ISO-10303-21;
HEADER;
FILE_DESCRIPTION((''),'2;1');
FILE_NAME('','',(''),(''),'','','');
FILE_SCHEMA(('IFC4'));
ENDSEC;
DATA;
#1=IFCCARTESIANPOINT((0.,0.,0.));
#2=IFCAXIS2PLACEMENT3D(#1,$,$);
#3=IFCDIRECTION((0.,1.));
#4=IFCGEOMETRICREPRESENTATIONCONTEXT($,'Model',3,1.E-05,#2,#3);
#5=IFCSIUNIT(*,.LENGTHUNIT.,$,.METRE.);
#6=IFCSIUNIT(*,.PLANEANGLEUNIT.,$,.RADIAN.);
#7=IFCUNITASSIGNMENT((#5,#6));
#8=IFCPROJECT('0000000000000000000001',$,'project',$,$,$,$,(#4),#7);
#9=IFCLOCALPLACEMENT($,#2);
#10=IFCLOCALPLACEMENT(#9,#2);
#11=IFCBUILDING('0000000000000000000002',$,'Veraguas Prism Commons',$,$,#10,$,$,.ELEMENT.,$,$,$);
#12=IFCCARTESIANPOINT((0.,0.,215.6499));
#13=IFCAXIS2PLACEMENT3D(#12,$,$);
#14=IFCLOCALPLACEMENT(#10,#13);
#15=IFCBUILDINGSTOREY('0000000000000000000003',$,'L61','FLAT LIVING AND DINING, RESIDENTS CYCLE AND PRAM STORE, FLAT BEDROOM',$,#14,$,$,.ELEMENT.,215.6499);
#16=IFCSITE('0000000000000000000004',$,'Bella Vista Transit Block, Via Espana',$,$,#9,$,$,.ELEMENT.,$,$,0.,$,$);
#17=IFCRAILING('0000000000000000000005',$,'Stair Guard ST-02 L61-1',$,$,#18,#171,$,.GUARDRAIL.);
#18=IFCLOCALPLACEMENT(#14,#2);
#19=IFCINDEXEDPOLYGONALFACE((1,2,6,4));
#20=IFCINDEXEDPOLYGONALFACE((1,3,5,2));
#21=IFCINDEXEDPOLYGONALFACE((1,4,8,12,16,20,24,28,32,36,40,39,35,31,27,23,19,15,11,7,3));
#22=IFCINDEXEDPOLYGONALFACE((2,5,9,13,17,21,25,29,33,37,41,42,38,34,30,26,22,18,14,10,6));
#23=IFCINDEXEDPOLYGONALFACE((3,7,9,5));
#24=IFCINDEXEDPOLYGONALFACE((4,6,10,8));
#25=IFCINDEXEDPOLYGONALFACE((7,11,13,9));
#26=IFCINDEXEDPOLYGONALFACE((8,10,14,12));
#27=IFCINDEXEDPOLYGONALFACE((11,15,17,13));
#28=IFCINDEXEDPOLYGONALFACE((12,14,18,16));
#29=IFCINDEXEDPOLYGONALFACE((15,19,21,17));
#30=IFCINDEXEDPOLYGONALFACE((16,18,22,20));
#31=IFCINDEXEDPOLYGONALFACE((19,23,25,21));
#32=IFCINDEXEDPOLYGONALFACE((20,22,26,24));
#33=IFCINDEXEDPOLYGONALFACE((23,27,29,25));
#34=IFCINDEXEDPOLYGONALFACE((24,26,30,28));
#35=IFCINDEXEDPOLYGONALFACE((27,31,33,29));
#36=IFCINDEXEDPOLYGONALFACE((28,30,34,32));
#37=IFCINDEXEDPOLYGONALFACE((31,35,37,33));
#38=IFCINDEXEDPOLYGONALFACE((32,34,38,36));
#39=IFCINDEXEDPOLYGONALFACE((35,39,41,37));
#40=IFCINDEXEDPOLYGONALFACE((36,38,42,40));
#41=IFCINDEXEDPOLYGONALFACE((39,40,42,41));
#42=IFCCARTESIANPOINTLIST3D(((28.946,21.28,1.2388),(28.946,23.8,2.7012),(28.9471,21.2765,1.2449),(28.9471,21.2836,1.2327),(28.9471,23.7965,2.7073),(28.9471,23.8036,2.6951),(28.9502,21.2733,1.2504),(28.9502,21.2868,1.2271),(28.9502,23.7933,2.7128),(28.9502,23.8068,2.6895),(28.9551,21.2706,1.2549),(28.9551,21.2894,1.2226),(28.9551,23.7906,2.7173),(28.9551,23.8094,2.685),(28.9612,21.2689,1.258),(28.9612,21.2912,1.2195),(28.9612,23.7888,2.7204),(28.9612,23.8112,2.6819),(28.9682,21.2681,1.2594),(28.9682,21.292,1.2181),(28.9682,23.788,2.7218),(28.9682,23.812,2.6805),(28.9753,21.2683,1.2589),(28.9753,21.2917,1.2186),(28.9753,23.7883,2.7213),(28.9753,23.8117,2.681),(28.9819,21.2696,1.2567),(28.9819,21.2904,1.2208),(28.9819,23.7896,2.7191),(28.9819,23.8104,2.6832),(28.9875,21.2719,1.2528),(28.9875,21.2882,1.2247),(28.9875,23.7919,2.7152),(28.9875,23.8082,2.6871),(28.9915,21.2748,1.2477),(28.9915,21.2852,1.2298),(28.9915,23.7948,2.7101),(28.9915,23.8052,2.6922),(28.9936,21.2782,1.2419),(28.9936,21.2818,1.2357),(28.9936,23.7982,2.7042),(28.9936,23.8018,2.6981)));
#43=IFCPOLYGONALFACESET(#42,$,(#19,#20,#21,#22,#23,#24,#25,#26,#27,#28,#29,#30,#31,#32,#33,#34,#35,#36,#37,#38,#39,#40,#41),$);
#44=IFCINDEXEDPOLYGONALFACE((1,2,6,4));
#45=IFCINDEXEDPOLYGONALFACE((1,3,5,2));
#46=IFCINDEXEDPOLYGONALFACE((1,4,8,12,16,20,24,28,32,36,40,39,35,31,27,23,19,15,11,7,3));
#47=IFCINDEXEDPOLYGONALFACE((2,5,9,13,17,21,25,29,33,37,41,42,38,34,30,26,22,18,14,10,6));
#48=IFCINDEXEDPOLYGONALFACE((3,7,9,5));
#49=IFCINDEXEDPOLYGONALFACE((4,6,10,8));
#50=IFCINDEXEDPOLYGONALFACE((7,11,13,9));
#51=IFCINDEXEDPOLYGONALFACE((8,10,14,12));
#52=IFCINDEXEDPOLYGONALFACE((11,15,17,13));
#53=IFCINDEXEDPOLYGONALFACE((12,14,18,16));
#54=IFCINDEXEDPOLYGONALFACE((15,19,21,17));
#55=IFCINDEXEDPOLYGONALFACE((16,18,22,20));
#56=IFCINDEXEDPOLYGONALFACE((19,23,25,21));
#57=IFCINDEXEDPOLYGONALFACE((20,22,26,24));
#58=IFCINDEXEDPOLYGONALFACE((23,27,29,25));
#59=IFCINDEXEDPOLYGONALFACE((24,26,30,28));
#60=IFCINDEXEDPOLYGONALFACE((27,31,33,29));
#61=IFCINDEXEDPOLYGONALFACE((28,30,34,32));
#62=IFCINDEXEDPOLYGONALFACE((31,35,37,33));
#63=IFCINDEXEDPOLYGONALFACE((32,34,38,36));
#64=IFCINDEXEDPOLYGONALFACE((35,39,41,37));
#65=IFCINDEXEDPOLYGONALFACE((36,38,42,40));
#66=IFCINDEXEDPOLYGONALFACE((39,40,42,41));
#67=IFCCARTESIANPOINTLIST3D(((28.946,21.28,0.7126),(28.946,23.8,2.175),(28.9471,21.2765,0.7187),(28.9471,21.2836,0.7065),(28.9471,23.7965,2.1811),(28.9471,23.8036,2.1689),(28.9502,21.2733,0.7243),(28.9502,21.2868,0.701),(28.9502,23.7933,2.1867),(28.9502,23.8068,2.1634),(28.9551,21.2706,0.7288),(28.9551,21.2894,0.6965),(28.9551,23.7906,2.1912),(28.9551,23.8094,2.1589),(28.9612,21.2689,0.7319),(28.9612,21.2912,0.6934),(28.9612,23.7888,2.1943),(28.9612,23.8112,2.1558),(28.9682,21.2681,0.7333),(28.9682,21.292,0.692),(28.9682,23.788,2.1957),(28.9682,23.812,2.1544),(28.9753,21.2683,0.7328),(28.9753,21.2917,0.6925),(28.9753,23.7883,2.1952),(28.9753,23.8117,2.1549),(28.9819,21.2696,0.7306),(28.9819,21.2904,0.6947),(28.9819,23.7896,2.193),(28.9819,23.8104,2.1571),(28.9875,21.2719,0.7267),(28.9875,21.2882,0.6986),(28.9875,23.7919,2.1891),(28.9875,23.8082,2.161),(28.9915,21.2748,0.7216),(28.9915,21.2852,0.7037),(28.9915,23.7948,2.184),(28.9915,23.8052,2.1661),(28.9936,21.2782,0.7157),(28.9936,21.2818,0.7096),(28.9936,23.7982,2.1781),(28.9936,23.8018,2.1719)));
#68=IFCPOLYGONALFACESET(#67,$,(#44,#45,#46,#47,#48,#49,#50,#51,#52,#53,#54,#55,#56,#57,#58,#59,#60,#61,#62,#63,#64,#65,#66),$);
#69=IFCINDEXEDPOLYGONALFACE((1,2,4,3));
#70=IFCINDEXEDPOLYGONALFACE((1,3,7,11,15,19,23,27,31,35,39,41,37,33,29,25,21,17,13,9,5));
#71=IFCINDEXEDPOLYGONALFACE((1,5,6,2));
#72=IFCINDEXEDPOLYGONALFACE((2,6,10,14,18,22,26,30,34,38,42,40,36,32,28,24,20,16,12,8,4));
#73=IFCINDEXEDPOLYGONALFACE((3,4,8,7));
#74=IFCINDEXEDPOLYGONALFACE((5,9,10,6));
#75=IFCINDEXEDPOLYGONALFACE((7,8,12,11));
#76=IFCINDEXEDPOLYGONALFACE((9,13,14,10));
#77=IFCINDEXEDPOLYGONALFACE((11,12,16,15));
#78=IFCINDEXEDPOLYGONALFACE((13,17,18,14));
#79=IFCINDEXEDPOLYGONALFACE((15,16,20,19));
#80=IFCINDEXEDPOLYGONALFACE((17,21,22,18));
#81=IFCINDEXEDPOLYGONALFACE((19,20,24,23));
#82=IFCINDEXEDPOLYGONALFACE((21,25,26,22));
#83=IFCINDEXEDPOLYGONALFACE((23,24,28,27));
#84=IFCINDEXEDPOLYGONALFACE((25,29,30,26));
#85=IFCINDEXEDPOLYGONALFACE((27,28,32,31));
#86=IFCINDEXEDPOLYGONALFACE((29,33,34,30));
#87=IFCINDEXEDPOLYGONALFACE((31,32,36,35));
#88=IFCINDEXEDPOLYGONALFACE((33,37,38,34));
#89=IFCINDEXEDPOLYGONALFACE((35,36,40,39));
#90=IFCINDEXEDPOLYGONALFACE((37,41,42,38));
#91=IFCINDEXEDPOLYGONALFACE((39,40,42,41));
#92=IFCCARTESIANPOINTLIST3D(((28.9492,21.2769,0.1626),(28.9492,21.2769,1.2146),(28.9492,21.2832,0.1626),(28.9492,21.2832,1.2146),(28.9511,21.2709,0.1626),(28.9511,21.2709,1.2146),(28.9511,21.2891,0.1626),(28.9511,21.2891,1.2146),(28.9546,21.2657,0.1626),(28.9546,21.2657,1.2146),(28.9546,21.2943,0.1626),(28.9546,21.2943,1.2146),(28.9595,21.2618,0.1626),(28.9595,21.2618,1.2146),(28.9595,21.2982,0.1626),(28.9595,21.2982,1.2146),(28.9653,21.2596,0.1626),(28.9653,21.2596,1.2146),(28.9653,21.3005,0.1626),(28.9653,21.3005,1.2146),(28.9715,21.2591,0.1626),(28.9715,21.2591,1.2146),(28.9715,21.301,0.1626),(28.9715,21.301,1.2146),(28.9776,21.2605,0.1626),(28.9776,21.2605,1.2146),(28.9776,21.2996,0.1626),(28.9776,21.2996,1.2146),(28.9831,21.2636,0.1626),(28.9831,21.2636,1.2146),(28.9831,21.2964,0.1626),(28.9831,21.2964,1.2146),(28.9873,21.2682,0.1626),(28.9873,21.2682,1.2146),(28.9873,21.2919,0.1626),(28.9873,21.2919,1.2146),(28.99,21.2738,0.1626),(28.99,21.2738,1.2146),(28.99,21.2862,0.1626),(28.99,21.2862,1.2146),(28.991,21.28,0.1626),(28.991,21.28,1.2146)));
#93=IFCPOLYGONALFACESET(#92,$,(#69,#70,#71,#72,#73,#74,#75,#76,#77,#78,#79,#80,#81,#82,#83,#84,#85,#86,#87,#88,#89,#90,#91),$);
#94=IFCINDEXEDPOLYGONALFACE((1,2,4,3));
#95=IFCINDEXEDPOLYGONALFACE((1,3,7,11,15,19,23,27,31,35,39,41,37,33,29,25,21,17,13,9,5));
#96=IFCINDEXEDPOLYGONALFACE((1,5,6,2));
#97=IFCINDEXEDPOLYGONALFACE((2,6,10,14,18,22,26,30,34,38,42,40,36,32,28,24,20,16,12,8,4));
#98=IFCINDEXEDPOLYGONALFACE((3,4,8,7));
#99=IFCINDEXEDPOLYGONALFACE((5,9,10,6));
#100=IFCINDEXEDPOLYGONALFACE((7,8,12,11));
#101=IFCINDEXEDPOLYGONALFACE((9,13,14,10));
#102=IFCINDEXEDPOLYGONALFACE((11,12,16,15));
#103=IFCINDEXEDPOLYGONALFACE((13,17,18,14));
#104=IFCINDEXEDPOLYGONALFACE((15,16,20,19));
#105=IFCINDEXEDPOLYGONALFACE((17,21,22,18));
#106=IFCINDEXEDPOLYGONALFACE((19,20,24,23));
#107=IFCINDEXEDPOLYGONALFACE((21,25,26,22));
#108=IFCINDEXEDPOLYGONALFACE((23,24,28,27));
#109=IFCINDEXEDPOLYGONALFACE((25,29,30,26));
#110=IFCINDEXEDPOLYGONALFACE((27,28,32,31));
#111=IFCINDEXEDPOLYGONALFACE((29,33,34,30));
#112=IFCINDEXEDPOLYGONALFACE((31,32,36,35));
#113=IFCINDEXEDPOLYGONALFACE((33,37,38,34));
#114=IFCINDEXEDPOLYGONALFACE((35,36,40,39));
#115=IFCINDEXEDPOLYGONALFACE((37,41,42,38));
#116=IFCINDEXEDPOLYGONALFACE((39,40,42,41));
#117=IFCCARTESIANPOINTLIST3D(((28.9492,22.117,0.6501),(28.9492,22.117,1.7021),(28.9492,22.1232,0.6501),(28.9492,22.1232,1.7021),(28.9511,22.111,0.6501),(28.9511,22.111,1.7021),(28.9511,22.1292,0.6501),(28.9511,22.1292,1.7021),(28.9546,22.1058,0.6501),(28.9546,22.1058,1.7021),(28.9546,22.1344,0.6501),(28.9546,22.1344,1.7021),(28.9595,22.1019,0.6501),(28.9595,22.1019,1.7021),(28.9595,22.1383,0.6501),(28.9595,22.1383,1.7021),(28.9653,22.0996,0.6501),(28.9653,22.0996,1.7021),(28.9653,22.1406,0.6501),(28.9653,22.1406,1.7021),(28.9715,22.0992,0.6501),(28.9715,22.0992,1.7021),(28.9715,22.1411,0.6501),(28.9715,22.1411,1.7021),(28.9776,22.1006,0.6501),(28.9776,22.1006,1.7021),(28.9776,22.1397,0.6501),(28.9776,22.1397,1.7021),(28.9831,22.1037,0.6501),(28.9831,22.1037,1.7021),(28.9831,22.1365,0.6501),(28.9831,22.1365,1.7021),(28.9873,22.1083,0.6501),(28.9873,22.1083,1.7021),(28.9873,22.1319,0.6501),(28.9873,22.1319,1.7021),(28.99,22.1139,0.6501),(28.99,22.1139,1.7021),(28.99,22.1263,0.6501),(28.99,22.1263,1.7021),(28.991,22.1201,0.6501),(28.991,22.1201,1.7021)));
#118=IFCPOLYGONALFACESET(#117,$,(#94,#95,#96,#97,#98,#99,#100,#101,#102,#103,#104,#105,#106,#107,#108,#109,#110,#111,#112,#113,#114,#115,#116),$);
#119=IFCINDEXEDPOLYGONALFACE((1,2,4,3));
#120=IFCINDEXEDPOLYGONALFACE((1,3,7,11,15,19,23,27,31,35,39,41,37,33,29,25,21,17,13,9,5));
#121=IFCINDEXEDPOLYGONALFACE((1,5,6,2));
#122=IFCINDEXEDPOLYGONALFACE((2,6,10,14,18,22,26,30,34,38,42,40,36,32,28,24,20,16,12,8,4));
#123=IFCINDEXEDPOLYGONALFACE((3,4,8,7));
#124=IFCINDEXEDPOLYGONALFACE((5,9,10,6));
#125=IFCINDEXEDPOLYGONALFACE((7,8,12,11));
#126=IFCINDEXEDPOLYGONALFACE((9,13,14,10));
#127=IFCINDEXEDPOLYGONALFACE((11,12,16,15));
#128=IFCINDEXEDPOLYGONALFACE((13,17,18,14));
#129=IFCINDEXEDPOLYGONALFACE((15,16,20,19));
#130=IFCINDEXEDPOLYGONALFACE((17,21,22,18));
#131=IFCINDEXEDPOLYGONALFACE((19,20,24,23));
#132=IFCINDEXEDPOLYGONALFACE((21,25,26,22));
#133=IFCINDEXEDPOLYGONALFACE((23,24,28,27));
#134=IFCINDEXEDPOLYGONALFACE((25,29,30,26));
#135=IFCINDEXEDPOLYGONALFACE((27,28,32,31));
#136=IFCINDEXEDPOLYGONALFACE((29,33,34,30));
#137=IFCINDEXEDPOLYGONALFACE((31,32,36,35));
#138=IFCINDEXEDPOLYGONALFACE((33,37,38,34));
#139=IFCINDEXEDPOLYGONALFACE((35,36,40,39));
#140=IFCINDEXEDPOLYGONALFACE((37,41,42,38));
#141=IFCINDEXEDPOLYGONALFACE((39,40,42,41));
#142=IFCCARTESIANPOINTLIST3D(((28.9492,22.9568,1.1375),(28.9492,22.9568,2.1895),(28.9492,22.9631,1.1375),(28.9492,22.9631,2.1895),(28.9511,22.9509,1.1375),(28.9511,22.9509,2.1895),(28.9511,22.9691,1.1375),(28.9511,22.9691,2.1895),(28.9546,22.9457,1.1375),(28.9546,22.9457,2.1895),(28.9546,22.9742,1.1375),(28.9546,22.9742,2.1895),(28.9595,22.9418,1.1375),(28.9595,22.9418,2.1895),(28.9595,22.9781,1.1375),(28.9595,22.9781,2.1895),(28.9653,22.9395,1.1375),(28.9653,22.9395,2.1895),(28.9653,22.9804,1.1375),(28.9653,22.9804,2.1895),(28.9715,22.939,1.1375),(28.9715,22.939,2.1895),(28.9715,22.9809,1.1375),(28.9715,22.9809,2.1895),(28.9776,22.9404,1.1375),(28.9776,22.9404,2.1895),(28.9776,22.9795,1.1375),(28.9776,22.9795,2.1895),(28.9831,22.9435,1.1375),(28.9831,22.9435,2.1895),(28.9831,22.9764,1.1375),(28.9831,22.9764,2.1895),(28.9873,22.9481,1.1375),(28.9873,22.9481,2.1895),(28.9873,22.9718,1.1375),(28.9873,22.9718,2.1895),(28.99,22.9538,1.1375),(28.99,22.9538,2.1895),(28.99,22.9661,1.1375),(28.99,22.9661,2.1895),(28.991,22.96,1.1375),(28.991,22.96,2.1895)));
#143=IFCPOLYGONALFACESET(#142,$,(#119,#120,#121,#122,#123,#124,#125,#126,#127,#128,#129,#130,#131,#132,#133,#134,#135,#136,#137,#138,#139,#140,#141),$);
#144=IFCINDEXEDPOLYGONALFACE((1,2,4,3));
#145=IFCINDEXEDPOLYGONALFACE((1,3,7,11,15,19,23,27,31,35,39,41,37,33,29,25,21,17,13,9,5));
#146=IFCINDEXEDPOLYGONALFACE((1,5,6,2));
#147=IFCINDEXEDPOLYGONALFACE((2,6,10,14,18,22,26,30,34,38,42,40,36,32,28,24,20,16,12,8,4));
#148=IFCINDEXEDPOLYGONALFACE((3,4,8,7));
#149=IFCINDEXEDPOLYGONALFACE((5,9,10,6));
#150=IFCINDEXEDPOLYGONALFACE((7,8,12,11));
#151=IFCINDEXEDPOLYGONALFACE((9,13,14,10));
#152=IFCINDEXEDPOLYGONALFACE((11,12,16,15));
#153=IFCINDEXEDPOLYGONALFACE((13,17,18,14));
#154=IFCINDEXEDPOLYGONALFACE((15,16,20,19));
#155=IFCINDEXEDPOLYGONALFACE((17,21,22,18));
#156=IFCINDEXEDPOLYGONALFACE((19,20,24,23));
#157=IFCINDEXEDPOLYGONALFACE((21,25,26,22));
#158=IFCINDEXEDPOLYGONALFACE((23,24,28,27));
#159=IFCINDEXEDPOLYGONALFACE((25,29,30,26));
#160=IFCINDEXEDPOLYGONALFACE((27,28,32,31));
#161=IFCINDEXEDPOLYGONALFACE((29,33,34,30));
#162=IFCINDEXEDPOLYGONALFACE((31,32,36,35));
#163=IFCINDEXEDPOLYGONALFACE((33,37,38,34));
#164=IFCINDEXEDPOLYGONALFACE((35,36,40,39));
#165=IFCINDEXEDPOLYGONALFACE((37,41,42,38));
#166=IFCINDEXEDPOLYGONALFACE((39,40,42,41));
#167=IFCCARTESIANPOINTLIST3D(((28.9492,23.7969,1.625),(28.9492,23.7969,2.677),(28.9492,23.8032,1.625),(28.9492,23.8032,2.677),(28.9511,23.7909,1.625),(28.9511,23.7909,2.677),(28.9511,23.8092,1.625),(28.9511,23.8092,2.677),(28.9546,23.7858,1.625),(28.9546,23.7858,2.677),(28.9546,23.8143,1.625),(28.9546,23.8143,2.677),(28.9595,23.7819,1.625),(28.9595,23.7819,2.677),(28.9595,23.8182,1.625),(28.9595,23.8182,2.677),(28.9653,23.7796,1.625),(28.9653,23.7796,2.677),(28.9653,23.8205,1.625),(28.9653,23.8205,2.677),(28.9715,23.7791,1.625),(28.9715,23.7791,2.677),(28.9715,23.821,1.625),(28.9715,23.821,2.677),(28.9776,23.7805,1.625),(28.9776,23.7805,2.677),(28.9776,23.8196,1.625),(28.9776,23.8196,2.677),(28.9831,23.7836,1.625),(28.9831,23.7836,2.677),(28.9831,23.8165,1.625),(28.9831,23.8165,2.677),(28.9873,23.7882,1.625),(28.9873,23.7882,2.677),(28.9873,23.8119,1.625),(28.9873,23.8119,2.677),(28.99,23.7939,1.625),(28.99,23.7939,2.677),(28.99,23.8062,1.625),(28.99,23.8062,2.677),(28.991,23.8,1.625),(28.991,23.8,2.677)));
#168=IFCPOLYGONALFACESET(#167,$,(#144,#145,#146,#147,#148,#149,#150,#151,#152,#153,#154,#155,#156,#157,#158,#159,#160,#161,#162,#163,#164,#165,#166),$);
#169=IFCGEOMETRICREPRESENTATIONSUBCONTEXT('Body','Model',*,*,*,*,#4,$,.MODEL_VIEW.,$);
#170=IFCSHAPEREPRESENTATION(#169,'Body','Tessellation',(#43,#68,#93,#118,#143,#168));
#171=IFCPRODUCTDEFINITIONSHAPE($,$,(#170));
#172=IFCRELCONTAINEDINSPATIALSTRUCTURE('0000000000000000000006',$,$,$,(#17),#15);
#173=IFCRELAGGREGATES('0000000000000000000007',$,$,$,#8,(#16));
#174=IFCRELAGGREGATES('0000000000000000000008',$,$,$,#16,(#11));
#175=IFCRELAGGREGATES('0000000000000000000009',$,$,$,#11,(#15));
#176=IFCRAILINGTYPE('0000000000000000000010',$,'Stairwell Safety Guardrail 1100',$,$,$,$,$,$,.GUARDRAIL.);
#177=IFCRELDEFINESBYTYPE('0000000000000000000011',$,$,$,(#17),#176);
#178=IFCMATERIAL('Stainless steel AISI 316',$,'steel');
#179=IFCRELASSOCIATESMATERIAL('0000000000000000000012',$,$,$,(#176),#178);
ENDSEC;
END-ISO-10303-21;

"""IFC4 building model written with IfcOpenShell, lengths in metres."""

from ifc_helpers import new_model, si_unit, direction, frame, origin, origin_2d, place, context, subcontext, project, spatial, circle, extrude, material, type_object, element, save


model = new_model("IFC4")

# Units and contexts
model_context = context("Model", 3, precision=1e-05, world=origin(), true_north=direction((0.0, 1.0)))
body_context = subcontext(model_context, "Body", "Model", "MODEL_VIEW")
ifc_project = project(units=[si_unit("LENGTHUNIT", "METRE"), si_unit("PLANEANGLEUNIT", "RADIAN")], contexts=[model_context])

# Site, building, storey
site_placement = place(None, origin())
site = spatial("IfcSite", under=ifc_project, at=site_placement, Name="Bella Vista Transit Block, Via Espana", CompositionType="ELEMENT", RefElevation=0.0)
building_placement = place(site_placement, origin())
building = spatial("IfcBuilding", under=site, at=building_placement, Name="Veraguas Prism Commons", CompositionType="ELEMENT")
storey_placement = place(building_placement, frame((0.0, 0.0, 215.6499)))
storey = spatial("IfcBuildingStorey", under=building, at=storey_placement, Name="L61", Description="FLAT LIVING AND DINING, RESIDENTS CYCLE AND PRAM STORE, FLAT BEDROOM", CompositionType="ELEMENT", Elevation=215.6499)

# Railing
ifc_material_1 = material(Name="Stainless steel AISI 316", Category="steel")
railing_type_1 = type_object("IfcRailingType", Name="Stairwell Safety Guardrail 1100", PredefinedType="GUARDRAIL", material=ifc_material_1)
railing_1_placement = place(storey_placement, frame((28.97, 21.28, 0.1626)))
element("IfcRailing", 1, at=railing_1_placement, inside=storey, type_object=railing_type_1, Name="Stair Guard ST-02 L61-1", PredefinedType="GUARDRAIL", context=body_context, shape_type="SweptSolid", body=[
    extrude(circle(Radius=0.0239, at=origin_2d()), frame((0.0, 0.0, 1.0762), z_axis=(0.0, 0.864913, 0.501921), x_axis=(-1.0, 0.0, 0.0)), (0.0, 0.0, 1.0), 2.9136),
    extrude(circle(Radius=0.0239, at=origin_2d()), frame((0.0, 0.0, 0.55), z_axis=(0.0, 0.864913, 0.501921), x_axis=(-1.0, 0.0, 0.0)), (0.0, 0.0, 1.0), 2.9136),
    extrude(circle(Radius=0.021, at=origin_2d()), origin(), (0.0, 0.0, 1.0), 1.052),
    extrude(circle(Radius=0.021, at=origin_2d()), frame((0.0, 0.8401, 0.4875)), (0.0, 0.0, 1.0), 1.052),
    extrude(circle(Radius=0.021, at=origin_2d()), frame((0.0, 1.6799, 0.9749)), (0.0, 0.0, 1.0), 1.052),
    extrude(circle(Radius=0.021, at=origin_2d()), frame((0.0, 2.52, 1.4624)), (0.0, 0.0, 1.0), 1.052),
])

save(model, "model.ifc")
